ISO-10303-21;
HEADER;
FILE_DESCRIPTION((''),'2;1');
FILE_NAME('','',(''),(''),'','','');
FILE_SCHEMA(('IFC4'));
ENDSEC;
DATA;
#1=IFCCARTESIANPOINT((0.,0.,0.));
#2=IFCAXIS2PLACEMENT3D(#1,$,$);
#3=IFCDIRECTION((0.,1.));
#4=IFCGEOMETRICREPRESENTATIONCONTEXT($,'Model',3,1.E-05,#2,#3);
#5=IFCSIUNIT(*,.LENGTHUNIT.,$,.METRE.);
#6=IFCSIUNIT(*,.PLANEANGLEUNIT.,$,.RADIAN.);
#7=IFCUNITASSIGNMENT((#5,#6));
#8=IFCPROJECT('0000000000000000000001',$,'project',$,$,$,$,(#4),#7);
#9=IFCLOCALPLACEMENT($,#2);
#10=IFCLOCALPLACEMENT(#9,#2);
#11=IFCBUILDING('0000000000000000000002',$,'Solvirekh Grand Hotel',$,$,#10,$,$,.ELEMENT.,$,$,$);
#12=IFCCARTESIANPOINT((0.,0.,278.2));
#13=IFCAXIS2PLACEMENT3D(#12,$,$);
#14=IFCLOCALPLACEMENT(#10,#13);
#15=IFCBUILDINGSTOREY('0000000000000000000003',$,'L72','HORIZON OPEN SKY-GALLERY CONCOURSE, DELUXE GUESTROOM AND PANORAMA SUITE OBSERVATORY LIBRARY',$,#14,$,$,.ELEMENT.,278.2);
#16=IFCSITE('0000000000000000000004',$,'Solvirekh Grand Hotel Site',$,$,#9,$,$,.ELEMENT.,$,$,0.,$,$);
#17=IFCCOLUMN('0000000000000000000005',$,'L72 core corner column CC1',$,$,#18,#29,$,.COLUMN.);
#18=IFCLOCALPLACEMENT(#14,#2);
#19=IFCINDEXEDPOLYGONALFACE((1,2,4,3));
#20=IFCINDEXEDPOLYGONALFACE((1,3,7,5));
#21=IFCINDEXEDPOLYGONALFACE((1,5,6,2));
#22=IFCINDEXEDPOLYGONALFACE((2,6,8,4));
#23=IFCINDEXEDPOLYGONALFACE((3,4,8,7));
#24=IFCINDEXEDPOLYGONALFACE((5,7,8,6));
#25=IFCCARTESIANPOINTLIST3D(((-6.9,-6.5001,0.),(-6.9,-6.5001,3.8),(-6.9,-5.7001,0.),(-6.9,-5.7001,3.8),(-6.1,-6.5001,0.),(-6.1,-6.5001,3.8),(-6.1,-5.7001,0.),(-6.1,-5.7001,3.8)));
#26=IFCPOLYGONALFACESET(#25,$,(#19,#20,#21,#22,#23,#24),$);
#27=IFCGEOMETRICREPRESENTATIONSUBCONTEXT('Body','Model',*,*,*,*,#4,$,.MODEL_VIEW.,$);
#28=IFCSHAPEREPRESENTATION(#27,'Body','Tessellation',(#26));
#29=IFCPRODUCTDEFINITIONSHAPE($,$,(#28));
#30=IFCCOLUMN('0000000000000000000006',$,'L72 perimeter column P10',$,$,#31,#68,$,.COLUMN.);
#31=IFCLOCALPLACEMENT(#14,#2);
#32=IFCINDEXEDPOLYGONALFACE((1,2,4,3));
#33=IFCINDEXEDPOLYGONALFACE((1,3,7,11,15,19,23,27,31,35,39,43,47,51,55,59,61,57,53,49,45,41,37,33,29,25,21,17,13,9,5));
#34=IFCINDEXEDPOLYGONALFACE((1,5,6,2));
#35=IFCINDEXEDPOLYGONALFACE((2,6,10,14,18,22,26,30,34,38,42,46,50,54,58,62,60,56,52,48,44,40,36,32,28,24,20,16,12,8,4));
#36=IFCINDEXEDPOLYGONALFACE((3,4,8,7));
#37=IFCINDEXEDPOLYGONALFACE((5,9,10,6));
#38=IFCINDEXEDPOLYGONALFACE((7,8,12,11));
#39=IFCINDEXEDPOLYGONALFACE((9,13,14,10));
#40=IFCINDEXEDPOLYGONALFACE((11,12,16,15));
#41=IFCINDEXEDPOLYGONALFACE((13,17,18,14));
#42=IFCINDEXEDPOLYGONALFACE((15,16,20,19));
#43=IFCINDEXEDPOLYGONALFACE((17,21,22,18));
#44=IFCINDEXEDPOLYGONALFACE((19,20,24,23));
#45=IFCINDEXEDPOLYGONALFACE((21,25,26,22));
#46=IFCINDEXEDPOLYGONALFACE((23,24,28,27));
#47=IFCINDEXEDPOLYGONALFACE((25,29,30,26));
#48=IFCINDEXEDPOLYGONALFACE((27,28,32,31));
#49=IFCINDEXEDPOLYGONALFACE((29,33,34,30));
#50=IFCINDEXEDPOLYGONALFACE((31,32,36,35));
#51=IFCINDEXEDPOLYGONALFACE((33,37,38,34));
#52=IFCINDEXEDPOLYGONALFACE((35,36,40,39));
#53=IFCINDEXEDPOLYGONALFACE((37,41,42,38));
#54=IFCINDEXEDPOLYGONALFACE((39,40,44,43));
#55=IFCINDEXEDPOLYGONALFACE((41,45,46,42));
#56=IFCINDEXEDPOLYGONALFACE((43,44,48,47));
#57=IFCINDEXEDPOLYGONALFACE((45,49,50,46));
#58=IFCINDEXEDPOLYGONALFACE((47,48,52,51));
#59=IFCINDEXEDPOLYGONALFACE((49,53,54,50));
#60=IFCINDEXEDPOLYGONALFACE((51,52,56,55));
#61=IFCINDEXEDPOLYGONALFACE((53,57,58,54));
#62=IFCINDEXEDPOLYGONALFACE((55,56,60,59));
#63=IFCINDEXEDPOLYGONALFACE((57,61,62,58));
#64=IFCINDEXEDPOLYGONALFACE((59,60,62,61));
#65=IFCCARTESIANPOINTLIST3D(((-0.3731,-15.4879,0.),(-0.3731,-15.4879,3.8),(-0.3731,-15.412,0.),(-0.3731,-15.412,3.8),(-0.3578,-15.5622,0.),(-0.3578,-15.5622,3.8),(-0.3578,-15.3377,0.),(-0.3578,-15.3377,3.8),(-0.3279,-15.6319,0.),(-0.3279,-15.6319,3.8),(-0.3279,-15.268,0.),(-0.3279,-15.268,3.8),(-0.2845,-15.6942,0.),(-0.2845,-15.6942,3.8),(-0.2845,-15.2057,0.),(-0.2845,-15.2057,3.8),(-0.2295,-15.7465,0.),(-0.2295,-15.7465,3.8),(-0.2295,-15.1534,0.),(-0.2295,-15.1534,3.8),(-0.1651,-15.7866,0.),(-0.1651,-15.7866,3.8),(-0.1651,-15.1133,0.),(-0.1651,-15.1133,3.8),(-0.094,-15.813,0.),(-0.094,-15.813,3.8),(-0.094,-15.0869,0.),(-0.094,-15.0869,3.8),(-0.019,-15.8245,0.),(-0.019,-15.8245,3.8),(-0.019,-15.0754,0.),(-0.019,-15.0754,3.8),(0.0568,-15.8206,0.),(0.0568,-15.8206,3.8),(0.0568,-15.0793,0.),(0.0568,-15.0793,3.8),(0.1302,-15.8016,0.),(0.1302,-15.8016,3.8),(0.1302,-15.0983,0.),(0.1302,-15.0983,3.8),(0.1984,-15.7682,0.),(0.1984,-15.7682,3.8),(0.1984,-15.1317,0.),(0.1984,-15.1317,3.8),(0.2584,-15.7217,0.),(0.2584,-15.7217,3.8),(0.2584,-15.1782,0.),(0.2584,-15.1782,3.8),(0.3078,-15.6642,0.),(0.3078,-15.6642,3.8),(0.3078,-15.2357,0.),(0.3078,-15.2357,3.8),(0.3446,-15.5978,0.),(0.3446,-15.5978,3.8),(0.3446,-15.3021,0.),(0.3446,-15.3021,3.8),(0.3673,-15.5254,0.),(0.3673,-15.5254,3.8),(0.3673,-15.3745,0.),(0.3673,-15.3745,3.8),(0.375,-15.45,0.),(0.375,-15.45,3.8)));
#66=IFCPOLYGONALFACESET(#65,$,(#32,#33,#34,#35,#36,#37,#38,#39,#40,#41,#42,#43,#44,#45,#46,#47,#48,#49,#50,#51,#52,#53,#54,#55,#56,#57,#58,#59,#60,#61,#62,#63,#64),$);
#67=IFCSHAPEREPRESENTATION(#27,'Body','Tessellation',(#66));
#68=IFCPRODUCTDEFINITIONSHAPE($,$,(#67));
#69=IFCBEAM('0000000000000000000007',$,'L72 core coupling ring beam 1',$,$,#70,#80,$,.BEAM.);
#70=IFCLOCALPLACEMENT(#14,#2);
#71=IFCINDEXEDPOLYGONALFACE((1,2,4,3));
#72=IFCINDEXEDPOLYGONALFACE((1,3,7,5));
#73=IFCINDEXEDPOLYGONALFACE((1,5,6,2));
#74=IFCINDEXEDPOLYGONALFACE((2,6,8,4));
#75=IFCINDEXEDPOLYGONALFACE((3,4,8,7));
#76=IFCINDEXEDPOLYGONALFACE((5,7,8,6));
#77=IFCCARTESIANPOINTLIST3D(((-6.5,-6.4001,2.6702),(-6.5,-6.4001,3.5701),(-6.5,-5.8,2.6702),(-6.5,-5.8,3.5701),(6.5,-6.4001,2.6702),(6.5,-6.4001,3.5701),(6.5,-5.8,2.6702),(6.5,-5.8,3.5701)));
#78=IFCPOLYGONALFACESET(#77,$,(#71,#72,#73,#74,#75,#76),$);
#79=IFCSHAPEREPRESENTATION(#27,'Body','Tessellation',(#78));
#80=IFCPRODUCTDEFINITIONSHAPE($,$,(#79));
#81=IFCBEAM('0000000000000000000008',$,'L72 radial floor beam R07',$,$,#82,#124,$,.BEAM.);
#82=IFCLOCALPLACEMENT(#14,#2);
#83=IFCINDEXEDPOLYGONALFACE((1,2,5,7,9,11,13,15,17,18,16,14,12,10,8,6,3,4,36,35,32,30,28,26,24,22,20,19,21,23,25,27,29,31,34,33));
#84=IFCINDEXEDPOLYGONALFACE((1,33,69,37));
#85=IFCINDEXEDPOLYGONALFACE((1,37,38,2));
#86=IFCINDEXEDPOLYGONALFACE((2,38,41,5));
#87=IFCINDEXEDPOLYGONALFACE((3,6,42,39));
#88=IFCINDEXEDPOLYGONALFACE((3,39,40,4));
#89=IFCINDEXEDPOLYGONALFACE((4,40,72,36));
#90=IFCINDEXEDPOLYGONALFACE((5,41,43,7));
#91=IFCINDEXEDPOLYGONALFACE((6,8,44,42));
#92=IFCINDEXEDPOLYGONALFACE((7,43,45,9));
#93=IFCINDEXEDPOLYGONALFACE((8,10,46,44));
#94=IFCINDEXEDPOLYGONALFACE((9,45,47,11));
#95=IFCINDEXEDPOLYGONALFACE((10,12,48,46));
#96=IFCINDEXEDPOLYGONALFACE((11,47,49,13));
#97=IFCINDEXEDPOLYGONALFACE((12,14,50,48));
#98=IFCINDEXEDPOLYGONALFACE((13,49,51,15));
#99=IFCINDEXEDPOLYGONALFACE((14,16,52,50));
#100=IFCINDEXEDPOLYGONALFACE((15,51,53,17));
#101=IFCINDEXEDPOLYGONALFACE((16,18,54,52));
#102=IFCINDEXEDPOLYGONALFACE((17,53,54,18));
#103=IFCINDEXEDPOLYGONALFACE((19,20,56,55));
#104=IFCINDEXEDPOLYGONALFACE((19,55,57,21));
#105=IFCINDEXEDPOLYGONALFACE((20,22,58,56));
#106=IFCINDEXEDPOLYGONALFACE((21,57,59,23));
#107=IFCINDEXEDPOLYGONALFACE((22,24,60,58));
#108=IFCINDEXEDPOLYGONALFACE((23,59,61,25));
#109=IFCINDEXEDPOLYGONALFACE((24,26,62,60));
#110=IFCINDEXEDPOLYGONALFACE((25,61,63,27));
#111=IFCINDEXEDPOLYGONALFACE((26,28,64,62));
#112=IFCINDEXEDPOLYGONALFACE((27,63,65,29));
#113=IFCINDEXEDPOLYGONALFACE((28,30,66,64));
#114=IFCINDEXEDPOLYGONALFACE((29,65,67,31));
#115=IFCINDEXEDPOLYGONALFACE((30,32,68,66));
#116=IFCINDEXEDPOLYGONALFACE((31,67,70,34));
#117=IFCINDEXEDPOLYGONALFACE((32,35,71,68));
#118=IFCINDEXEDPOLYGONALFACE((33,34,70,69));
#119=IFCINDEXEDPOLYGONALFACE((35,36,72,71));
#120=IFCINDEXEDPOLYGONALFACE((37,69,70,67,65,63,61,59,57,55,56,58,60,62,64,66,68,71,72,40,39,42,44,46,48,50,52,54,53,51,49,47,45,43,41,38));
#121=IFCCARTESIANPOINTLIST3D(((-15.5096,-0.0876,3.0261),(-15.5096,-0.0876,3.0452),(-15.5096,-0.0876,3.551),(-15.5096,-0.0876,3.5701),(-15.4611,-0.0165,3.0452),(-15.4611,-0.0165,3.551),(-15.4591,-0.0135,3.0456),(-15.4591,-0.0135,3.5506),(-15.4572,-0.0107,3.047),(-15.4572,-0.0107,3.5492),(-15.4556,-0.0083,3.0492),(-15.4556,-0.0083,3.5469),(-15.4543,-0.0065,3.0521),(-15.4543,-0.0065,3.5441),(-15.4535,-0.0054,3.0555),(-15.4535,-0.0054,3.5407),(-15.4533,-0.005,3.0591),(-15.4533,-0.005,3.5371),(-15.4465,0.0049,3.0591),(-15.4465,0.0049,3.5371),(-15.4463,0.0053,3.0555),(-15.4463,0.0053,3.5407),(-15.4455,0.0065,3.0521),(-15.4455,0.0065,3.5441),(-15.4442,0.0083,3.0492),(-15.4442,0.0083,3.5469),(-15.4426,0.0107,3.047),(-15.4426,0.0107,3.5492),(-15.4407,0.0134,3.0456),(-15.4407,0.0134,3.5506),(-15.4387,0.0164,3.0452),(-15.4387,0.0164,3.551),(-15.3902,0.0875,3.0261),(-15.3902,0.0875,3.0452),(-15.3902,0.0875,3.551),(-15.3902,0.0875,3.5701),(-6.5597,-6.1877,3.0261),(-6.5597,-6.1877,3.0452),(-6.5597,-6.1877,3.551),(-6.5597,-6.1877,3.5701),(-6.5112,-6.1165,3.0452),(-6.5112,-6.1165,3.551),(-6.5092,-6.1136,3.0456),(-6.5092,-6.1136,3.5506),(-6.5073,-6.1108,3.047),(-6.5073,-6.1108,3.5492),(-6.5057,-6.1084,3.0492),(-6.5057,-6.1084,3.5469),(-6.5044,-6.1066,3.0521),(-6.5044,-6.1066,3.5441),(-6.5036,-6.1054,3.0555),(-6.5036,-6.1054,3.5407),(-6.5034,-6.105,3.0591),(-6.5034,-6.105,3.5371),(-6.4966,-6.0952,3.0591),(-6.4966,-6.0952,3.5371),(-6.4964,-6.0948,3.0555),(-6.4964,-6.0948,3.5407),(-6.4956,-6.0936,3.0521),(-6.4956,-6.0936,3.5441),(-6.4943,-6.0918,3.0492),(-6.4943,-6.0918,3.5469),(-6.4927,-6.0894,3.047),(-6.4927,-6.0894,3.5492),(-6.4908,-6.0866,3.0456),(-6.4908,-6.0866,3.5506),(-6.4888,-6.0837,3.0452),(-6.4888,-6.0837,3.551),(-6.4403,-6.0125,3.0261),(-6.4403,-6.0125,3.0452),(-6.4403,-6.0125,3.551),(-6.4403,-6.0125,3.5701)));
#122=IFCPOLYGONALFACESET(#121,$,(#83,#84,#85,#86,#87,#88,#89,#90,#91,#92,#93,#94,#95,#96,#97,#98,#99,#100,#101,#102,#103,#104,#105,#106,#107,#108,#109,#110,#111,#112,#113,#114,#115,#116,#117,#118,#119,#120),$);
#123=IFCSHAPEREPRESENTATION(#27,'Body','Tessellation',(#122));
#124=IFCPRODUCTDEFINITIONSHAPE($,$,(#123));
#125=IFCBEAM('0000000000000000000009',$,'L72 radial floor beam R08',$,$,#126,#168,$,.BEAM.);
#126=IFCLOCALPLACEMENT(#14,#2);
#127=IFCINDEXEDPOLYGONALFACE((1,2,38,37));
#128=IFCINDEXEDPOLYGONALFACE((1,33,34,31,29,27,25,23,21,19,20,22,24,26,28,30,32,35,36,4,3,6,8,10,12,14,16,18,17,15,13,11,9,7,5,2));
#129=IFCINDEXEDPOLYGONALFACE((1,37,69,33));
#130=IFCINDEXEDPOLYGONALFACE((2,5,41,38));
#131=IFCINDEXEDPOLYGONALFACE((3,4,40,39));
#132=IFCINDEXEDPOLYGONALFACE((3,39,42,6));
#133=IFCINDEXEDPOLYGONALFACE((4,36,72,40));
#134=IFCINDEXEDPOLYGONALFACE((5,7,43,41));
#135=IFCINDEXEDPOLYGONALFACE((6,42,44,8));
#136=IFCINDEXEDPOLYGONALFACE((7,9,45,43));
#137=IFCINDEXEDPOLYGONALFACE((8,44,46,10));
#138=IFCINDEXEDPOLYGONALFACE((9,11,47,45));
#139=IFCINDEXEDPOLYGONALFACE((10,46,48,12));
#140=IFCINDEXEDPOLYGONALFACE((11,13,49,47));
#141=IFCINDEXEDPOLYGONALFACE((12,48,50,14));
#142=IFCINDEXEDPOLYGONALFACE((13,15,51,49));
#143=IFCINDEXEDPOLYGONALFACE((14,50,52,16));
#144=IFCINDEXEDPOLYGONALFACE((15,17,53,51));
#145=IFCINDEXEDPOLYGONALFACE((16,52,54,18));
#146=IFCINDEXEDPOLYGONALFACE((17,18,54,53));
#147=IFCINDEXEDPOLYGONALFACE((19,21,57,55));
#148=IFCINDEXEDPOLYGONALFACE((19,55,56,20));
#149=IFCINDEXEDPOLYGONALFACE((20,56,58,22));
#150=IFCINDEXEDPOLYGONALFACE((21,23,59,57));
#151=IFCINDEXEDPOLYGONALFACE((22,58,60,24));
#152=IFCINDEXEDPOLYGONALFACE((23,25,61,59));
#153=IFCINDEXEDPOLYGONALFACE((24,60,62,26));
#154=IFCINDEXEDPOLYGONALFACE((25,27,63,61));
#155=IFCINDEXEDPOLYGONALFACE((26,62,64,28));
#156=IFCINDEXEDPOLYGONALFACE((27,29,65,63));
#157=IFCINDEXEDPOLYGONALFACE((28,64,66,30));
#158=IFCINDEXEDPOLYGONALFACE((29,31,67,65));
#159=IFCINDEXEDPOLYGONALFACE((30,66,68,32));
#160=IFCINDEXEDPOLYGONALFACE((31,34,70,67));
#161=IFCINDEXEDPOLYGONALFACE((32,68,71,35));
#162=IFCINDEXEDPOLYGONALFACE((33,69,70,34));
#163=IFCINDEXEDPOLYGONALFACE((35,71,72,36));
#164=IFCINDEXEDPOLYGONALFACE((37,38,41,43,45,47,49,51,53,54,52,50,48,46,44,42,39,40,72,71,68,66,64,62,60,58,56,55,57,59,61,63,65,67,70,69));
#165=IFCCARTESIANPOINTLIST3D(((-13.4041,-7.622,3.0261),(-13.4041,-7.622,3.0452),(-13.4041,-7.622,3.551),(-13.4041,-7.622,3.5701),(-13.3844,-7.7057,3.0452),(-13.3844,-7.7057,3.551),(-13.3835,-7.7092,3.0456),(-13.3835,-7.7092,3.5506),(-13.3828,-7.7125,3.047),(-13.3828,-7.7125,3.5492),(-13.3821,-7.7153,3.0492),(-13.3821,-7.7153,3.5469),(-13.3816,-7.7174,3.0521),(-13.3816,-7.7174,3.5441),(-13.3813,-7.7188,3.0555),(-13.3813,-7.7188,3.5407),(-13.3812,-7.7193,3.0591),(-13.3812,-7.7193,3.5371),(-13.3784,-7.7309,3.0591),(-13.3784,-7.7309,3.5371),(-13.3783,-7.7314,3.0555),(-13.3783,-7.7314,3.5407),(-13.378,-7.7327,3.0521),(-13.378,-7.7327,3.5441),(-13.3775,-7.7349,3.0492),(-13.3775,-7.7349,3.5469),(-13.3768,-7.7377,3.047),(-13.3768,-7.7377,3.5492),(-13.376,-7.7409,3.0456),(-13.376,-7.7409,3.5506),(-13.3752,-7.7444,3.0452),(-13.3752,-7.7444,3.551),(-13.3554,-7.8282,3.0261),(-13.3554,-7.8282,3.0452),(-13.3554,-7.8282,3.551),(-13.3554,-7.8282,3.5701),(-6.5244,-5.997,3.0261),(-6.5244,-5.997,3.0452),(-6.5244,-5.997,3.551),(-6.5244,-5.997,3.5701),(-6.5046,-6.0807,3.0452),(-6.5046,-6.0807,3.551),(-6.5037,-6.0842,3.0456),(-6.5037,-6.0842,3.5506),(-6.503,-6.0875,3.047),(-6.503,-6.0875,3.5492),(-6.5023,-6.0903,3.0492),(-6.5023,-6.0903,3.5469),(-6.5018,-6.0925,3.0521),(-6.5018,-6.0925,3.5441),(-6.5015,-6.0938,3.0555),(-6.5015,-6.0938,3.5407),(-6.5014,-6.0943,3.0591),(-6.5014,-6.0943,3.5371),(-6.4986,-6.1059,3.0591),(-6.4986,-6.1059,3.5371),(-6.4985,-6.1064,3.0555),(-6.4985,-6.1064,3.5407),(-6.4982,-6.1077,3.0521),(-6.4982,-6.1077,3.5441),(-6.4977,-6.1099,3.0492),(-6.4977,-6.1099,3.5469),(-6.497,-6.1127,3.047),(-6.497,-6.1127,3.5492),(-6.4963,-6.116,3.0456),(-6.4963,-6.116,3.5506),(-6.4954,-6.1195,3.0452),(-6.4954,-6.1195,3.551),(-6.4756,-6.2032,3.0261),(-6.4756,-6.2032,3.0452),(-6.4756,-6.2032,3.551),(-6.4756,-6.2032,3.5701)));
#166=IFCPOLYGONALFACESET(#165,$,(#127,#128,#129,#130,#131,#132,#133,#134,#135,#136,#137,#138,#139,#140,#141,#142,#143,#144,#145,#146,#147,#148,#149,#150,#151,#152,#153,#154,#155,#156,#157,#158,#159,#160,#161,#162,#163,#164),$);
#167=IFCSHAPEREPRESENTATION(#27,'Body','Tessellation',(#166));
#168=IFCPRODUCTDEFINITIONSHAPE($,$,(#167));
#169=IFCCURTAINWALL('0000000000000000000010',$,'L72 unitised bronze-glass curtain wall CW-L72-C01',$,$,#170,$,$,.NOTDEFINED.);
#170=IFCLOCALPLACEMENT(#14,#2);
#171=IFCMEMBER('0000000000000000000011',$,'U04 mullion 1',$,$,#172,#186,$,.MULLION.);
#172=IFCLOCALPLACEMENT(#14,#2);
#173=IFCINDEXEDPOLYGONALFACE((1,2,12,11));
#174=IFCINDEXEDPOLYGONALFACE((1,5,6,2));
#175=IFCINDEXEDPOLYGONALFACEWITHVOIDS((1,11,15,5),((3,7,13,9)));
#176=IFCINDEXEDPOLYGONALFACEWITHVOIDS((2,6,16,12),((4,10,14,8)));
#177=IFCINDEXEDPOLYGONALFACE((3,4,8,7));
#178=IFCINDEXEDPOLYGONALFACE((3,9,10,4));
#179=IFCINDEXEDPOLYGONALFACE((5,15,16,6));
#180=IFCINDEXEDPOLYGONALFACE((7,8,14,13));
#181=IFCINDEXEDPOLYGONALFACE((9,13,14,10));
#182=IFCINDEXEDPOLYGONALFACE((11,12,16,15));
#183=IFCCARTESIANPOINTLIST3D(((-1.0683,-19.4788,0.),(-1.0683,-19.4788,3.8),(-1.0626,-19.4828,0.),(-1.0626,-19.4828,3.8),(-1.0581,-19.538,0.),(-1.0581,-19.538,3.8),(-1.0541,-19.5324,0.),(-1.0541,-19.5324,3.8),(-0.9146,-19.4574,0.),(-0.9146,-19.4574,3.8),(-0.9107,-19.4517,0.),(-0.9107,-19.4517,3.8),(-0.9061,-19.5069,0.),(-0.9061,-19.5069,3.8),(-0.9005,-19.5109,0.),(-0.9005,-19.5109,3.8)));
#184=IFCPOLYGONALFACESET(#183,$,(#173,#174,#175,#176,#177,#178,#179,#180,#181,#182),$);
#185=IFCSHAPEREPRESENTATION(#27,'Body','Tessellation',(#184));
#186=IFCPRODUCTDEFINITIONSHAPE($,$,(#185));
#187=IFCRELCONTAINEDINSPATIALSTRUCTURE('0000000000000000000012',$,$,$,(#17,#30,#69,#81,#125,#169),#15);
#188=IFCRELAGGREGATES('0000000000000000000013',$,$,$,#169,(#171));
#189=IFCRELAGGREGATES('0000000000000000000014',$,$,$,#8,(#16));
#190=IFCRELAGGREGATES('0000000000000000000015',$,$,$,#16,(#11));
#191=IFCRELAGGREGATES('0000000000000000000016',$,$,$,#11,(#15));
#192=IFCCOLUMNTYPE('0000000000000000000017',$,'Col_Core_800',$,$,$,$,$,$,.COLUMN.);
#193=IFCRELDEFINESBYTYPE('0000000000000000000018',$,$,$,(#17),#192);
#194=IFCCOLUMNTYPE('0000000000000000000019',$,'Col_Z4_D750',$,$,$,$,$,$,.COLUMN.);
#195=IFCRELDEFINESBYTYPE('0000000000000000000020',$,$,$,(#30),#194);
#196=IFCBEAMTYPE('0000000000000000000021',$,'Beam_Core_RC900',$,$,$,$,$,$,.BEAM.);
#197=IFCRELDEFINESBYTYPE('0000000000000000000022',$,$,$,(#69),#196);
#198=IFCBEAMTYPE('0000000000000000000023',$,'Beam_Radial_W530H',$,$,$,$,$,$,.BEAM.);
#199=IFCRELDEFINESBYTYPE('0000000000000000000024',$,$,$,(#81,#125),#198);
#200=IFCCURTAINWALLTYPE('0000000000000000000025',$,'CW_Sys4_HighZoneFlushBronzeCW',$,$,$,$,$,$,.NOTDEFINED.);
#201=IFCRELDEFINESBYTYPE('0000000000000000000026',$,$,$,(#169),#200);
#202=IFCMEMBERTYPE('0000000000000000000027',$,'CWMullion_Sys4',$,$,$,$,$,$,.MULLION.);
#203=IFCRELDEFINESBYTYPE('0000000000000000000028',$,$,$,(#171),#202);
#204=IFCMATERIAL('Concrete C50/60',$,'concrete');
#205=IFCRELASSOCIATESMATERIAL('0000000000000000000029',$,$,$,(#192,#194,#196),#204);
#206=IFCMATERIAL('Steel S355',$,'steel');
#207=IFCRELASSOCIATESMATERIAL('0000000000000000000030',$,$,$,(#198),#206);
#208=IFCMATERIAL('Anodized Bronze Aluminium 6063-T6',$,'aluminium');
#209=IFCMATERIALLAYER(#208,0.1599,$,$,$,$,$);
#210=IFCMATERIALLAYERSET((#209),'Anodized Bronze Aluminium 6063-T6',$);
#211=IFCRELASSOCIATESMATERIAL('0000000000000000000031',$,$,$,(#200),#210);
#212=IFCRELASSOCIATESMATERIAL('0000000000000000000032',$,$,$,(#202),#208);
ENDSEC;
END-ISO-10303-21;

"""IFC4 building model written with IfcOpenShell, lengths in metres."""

from ifc_helpers import new_model, si_unit, direction, frame, origin, origin_2d, place, context, subcontext, project, spatial, rectangle, hollow_rectangle, circle, i_section, extrude, source, transform, mapped, material, layer, layer_set, material_profile, profile_set, type_object, element, aggregate, save


model = new_model("IFC4")

# Units and contexts
model_context = context("Model", 3, precision=1e-05, world=origin(), true_north=direction((0.0, 1.0)))
body_context = subcontext(model_context, "Body", "Model", "MODEL_VIEW")
ifc_project = project(units=[si_unit("LENGTHUNIT", "METRE"), si_unit("PLANEANGLEUNIT", "RADIAN")], contexts=[model_context])

# Site, building, storey
site_placement = place(None, origin())
site = spatial("IfcSite", under=ifc_project, at=site_placement, Name="Solvirekh Grand Hotel Site", CompositionType="ELEMENT", RefElevation=0.0)
building_placement = place(site_placement, origin())
building = spatial("IfcBuilding", under=site, at=building_placement, Name="Solvirekh Grand Hotel", CompositionType="ELEMENT")
storey_placement = place(building_placement, frame((0.0, 0.0, 278.2)))
storey = spatial("IfcBuildingStorey", under=building, at=storey_placement, Name="L72", Description="HORIZON OPEN SKY-GALLERY CONCOURSE, DELUXE GUESTROOM AND PANORAMA SUITE OBSERVATORY LIBRARY", CompositionType="ELEMENT", Elevation=278.2)

# Columns
ifc_material_1 = material(Name="Concrete C50/60", Category="concrete")
ifc_material_profile_1 = material_profile(ifc_material_1, rectangle(XDim=0.8, YDim=0.8, at=origin_2d()), Name="RC 800X800")
ifc_profile_set_1 = profile_set([ifc_material_profile_1], Name="Concrete C50/60")
column_type_1 = type_object("IfcColumnType", Name="Col_Core_800", PredefinedType="COLUMN", material=ifc_profile_set_1)
column_1_placement = place(storey_placement, frame((-6.5, -6.1001, 0.0), z_axis=(0.0, 0.0, 1.0), x_axis=(1.0, 0.0, 0.0)))
element("IfcColumn", 1, at=column_1_placement, inside=storey, type_object=column_type_1, Name="L72 core corner column CC1", PredefinedType="COLUMN", context=body_context, shape_type="SweptSolid", body=[
    extrude(rectangle(XDim=0.8, YDim=0.8, at=origin_2d()), origin(), (0.0, 0.0, 1.0), 3.8),
])
ifc_material_profile_2 = material_profile(ifc_material_1, circle(Radius=0.375, at=origin_2d()), Name="RC CIRC D750")
ifc_profile_set_2 = profile_set([ifc_material_profile_2], Name="Concrete C50/60")
column_type_2 = type_object("IfcColumnType", Name="Col_Z4_D750", PredefinedType="COLUMN", material=ifc_profile_set_2)
column_2_placement = place(storey_placement, frame((0.0, -15.45, 0.0), z_axis=(0.0, 0.0, 1.0), x_axis=(1.0, 0.0, 0.0)))
element("IfcColumn", 2, at=column_2_placement, inside=storey, type_object=column_type_2, Name="L72 perimeter column P10", PredefinedType="COLUMN", context=body_context, shape_type="SweptSolid", body=[
    extrude(circle(Radius=0.375, at=origin_2d()), origin(), (0.0, 0.0, 1.0), 3.8),
])

# Beams
ifc_material_profile_3 = material_profile(ifc_material_1, rectangle(XDim=0.6001, YDim=0.8999, at=origin_2d()), Name="RC BEAM 600X900")
ifc_profile_set_3 = profile_set([ifc_material_profile_3], Name="Concrete C50/60")
beam_type_1 = type_object("IfcBeamType", Name="Beam_Core_RC900", PredefinedType="BEAM", material=ifc_profile_set_3)
beam_1_placement = place(storey_placement, frame((-6.5, -6.1001, 3.1201), z_axis=(1.0, 0.0, 0.0), x_axis=(0.0, 1.0, 0.0)))
element("IfcBeam", 3, at=beam_1_placement, inside=storey, type_object=beam_type_1, Name="L72 core coupling ring beam 1", PredefinedType="BEAM", context=body_context, shape_type="SweptSolid", body=[
    extrude(rectangle(XDim=0.6001, YDim=0.8999, at=origin_2d()), origin(), (0.0, 0.0, 1.0), 13.0),
])
ifc_material_2 = material(Name="Steel S355", Category="steel")
ifc_material_profile_4 = material_profile(ifc_material_2, i_section(OverallWidth=0.2119, OverallDepth=0.5439, WebThickness=0.012, FlangeThickness=0.019, FilletRadius=0.0139, at=origin_2d()), Name="W530X123")
ifc_profile_set_4 = profile_set([ifc_material_profile_4], Name="Steel S355")
beam_type_2 = type_object("IfcBeamType", Name="Beam_Radial_W530H", PredefinedType="BEAM", material=ifc_profile_set_4)
beam_2_placement = place(storey_placement, frame((-6.5, -6.1001, 3.2981), z_axis=(-0.826319, 0.563202, 0.0), x_axis=(-0.563202, -0.826319, 0.0)))
element("IfcBeam", 4, at=beam_2_placement, inside=storey, type_object=beam_type_2, Name="L72 radial floor beam R07", PredefinedType="BEAM", context=body_context, shape_type="SweptSolid", body=[
    extrude(i_section(OverallWidth=0.2119, OverallDepth=0.5439, WebThickness=0.012, FlangeThickness=0.019, FilletRadius=0.0139, at=origin_2d()), origin(), (0.0, 0.0, 1.0), 10.8311),
])
beam_3_placement = place(storey_placement, frame((-6.5, -6.1001, 3.2981), z_axis=(-0.973221, -0.229871, 0.0), x_axis=(0.229871, -0.973221, 0.0)))
element("IfcBeam", 5, at=beam_3_placement, inside=storey, type_object=beam_type_2, Name="L72 radial floor beam R08", PredefinedType="BEAM", context=body_context, shape_type="SweptSolid", body=[
    extrude(i_section(OverallWidth=0.2119, OverallDepth=0.5439, WebThickness=0.012, FlangeThickness=0.019, FilletRadius=0.0139, at=origin_2d()), origin(), (0.0, 0.0, 1.0), 7.0691),
])

# Curtain wall, member
ifc_material_3 = material(Name="Anodized Bronze Aluminium 6063-T6", Category="aluminium")
ifc_layer_1 = layer(ifc_material_3, 0.1599)
ifc_layer_set_1 = layer_set([ifc_layer_1], Name="Anodized Bronze Aluminium 6063-T6")
curtain_wall_type = type_object("IfcCurtainWallType", Name="CW_Sys4_HighZoneFlushBronzeCW", PredefinedType="NOTDEFINED", material=ifc_layer_set_1)
curtain_wall_placement = place(storey_placement, origin())
curtain_wall = element("IfcCurtainWall", 6, at=curtain_wall_placement, inside=storey, type_object=curtain_wall_type, Name="L72 unitised bronze-glass curtain wall CW-L72-C01", PredefinedType="NOTDEFINED")
ifc_material_profile_5 = material_profile(ifc_material_3, hollow_rectangle(XDim=0.0601, YDim=0.1599, WallThickness=0.0049, at=origin_2d()), Name="ALU RHS 160X60X5")
ifc_profile_set_5 = profile_set([ifc_material_profile_5], Name="Anodized Bronze Aluminium 6063-T6")
member_type_1 = type_object("IfcMemberType", Name="CWMullion_Sys4", PredefinedType="MULLION", material=ifc_profile_set_5)
shared_shape_1 = source(origin(), body_context, "Body", "SweptSolid", [
    extrude(hollow_rectangle(XDim=0.0601, YDim=0.1599, WallThickness=0.0049, at=origin_2d()), origin(), (0.0, 0.0, 1.0), 3.8),
])
member_1_placement = place(storey_placement, frame((-0.9844, -19.4949, 0.0), z_axis=(0.0, 0.0, 1.0), x_axis=(-0.169451, 0.985539, 0.0)))
member_1 = element("IfcMember", 7, at=member_1_placement, type_object=member_type_1, Name="U04 mullion 1", PredefinedType="MULLION", context=body_context, shape_type="MappedRepresentation", body=[
    mapped(shared_shape_1, transform((0.0, 0.0, 0.0), x_axis=(1.0, 0.0, 0.0), y_axis=(0.0, 1.0, 0.0), z_axis=(0.0, 0.0, 1.0), scale=1.0)),
])
aggregate(curtain_wall, [member_1])

save(model, "model.ifc")
